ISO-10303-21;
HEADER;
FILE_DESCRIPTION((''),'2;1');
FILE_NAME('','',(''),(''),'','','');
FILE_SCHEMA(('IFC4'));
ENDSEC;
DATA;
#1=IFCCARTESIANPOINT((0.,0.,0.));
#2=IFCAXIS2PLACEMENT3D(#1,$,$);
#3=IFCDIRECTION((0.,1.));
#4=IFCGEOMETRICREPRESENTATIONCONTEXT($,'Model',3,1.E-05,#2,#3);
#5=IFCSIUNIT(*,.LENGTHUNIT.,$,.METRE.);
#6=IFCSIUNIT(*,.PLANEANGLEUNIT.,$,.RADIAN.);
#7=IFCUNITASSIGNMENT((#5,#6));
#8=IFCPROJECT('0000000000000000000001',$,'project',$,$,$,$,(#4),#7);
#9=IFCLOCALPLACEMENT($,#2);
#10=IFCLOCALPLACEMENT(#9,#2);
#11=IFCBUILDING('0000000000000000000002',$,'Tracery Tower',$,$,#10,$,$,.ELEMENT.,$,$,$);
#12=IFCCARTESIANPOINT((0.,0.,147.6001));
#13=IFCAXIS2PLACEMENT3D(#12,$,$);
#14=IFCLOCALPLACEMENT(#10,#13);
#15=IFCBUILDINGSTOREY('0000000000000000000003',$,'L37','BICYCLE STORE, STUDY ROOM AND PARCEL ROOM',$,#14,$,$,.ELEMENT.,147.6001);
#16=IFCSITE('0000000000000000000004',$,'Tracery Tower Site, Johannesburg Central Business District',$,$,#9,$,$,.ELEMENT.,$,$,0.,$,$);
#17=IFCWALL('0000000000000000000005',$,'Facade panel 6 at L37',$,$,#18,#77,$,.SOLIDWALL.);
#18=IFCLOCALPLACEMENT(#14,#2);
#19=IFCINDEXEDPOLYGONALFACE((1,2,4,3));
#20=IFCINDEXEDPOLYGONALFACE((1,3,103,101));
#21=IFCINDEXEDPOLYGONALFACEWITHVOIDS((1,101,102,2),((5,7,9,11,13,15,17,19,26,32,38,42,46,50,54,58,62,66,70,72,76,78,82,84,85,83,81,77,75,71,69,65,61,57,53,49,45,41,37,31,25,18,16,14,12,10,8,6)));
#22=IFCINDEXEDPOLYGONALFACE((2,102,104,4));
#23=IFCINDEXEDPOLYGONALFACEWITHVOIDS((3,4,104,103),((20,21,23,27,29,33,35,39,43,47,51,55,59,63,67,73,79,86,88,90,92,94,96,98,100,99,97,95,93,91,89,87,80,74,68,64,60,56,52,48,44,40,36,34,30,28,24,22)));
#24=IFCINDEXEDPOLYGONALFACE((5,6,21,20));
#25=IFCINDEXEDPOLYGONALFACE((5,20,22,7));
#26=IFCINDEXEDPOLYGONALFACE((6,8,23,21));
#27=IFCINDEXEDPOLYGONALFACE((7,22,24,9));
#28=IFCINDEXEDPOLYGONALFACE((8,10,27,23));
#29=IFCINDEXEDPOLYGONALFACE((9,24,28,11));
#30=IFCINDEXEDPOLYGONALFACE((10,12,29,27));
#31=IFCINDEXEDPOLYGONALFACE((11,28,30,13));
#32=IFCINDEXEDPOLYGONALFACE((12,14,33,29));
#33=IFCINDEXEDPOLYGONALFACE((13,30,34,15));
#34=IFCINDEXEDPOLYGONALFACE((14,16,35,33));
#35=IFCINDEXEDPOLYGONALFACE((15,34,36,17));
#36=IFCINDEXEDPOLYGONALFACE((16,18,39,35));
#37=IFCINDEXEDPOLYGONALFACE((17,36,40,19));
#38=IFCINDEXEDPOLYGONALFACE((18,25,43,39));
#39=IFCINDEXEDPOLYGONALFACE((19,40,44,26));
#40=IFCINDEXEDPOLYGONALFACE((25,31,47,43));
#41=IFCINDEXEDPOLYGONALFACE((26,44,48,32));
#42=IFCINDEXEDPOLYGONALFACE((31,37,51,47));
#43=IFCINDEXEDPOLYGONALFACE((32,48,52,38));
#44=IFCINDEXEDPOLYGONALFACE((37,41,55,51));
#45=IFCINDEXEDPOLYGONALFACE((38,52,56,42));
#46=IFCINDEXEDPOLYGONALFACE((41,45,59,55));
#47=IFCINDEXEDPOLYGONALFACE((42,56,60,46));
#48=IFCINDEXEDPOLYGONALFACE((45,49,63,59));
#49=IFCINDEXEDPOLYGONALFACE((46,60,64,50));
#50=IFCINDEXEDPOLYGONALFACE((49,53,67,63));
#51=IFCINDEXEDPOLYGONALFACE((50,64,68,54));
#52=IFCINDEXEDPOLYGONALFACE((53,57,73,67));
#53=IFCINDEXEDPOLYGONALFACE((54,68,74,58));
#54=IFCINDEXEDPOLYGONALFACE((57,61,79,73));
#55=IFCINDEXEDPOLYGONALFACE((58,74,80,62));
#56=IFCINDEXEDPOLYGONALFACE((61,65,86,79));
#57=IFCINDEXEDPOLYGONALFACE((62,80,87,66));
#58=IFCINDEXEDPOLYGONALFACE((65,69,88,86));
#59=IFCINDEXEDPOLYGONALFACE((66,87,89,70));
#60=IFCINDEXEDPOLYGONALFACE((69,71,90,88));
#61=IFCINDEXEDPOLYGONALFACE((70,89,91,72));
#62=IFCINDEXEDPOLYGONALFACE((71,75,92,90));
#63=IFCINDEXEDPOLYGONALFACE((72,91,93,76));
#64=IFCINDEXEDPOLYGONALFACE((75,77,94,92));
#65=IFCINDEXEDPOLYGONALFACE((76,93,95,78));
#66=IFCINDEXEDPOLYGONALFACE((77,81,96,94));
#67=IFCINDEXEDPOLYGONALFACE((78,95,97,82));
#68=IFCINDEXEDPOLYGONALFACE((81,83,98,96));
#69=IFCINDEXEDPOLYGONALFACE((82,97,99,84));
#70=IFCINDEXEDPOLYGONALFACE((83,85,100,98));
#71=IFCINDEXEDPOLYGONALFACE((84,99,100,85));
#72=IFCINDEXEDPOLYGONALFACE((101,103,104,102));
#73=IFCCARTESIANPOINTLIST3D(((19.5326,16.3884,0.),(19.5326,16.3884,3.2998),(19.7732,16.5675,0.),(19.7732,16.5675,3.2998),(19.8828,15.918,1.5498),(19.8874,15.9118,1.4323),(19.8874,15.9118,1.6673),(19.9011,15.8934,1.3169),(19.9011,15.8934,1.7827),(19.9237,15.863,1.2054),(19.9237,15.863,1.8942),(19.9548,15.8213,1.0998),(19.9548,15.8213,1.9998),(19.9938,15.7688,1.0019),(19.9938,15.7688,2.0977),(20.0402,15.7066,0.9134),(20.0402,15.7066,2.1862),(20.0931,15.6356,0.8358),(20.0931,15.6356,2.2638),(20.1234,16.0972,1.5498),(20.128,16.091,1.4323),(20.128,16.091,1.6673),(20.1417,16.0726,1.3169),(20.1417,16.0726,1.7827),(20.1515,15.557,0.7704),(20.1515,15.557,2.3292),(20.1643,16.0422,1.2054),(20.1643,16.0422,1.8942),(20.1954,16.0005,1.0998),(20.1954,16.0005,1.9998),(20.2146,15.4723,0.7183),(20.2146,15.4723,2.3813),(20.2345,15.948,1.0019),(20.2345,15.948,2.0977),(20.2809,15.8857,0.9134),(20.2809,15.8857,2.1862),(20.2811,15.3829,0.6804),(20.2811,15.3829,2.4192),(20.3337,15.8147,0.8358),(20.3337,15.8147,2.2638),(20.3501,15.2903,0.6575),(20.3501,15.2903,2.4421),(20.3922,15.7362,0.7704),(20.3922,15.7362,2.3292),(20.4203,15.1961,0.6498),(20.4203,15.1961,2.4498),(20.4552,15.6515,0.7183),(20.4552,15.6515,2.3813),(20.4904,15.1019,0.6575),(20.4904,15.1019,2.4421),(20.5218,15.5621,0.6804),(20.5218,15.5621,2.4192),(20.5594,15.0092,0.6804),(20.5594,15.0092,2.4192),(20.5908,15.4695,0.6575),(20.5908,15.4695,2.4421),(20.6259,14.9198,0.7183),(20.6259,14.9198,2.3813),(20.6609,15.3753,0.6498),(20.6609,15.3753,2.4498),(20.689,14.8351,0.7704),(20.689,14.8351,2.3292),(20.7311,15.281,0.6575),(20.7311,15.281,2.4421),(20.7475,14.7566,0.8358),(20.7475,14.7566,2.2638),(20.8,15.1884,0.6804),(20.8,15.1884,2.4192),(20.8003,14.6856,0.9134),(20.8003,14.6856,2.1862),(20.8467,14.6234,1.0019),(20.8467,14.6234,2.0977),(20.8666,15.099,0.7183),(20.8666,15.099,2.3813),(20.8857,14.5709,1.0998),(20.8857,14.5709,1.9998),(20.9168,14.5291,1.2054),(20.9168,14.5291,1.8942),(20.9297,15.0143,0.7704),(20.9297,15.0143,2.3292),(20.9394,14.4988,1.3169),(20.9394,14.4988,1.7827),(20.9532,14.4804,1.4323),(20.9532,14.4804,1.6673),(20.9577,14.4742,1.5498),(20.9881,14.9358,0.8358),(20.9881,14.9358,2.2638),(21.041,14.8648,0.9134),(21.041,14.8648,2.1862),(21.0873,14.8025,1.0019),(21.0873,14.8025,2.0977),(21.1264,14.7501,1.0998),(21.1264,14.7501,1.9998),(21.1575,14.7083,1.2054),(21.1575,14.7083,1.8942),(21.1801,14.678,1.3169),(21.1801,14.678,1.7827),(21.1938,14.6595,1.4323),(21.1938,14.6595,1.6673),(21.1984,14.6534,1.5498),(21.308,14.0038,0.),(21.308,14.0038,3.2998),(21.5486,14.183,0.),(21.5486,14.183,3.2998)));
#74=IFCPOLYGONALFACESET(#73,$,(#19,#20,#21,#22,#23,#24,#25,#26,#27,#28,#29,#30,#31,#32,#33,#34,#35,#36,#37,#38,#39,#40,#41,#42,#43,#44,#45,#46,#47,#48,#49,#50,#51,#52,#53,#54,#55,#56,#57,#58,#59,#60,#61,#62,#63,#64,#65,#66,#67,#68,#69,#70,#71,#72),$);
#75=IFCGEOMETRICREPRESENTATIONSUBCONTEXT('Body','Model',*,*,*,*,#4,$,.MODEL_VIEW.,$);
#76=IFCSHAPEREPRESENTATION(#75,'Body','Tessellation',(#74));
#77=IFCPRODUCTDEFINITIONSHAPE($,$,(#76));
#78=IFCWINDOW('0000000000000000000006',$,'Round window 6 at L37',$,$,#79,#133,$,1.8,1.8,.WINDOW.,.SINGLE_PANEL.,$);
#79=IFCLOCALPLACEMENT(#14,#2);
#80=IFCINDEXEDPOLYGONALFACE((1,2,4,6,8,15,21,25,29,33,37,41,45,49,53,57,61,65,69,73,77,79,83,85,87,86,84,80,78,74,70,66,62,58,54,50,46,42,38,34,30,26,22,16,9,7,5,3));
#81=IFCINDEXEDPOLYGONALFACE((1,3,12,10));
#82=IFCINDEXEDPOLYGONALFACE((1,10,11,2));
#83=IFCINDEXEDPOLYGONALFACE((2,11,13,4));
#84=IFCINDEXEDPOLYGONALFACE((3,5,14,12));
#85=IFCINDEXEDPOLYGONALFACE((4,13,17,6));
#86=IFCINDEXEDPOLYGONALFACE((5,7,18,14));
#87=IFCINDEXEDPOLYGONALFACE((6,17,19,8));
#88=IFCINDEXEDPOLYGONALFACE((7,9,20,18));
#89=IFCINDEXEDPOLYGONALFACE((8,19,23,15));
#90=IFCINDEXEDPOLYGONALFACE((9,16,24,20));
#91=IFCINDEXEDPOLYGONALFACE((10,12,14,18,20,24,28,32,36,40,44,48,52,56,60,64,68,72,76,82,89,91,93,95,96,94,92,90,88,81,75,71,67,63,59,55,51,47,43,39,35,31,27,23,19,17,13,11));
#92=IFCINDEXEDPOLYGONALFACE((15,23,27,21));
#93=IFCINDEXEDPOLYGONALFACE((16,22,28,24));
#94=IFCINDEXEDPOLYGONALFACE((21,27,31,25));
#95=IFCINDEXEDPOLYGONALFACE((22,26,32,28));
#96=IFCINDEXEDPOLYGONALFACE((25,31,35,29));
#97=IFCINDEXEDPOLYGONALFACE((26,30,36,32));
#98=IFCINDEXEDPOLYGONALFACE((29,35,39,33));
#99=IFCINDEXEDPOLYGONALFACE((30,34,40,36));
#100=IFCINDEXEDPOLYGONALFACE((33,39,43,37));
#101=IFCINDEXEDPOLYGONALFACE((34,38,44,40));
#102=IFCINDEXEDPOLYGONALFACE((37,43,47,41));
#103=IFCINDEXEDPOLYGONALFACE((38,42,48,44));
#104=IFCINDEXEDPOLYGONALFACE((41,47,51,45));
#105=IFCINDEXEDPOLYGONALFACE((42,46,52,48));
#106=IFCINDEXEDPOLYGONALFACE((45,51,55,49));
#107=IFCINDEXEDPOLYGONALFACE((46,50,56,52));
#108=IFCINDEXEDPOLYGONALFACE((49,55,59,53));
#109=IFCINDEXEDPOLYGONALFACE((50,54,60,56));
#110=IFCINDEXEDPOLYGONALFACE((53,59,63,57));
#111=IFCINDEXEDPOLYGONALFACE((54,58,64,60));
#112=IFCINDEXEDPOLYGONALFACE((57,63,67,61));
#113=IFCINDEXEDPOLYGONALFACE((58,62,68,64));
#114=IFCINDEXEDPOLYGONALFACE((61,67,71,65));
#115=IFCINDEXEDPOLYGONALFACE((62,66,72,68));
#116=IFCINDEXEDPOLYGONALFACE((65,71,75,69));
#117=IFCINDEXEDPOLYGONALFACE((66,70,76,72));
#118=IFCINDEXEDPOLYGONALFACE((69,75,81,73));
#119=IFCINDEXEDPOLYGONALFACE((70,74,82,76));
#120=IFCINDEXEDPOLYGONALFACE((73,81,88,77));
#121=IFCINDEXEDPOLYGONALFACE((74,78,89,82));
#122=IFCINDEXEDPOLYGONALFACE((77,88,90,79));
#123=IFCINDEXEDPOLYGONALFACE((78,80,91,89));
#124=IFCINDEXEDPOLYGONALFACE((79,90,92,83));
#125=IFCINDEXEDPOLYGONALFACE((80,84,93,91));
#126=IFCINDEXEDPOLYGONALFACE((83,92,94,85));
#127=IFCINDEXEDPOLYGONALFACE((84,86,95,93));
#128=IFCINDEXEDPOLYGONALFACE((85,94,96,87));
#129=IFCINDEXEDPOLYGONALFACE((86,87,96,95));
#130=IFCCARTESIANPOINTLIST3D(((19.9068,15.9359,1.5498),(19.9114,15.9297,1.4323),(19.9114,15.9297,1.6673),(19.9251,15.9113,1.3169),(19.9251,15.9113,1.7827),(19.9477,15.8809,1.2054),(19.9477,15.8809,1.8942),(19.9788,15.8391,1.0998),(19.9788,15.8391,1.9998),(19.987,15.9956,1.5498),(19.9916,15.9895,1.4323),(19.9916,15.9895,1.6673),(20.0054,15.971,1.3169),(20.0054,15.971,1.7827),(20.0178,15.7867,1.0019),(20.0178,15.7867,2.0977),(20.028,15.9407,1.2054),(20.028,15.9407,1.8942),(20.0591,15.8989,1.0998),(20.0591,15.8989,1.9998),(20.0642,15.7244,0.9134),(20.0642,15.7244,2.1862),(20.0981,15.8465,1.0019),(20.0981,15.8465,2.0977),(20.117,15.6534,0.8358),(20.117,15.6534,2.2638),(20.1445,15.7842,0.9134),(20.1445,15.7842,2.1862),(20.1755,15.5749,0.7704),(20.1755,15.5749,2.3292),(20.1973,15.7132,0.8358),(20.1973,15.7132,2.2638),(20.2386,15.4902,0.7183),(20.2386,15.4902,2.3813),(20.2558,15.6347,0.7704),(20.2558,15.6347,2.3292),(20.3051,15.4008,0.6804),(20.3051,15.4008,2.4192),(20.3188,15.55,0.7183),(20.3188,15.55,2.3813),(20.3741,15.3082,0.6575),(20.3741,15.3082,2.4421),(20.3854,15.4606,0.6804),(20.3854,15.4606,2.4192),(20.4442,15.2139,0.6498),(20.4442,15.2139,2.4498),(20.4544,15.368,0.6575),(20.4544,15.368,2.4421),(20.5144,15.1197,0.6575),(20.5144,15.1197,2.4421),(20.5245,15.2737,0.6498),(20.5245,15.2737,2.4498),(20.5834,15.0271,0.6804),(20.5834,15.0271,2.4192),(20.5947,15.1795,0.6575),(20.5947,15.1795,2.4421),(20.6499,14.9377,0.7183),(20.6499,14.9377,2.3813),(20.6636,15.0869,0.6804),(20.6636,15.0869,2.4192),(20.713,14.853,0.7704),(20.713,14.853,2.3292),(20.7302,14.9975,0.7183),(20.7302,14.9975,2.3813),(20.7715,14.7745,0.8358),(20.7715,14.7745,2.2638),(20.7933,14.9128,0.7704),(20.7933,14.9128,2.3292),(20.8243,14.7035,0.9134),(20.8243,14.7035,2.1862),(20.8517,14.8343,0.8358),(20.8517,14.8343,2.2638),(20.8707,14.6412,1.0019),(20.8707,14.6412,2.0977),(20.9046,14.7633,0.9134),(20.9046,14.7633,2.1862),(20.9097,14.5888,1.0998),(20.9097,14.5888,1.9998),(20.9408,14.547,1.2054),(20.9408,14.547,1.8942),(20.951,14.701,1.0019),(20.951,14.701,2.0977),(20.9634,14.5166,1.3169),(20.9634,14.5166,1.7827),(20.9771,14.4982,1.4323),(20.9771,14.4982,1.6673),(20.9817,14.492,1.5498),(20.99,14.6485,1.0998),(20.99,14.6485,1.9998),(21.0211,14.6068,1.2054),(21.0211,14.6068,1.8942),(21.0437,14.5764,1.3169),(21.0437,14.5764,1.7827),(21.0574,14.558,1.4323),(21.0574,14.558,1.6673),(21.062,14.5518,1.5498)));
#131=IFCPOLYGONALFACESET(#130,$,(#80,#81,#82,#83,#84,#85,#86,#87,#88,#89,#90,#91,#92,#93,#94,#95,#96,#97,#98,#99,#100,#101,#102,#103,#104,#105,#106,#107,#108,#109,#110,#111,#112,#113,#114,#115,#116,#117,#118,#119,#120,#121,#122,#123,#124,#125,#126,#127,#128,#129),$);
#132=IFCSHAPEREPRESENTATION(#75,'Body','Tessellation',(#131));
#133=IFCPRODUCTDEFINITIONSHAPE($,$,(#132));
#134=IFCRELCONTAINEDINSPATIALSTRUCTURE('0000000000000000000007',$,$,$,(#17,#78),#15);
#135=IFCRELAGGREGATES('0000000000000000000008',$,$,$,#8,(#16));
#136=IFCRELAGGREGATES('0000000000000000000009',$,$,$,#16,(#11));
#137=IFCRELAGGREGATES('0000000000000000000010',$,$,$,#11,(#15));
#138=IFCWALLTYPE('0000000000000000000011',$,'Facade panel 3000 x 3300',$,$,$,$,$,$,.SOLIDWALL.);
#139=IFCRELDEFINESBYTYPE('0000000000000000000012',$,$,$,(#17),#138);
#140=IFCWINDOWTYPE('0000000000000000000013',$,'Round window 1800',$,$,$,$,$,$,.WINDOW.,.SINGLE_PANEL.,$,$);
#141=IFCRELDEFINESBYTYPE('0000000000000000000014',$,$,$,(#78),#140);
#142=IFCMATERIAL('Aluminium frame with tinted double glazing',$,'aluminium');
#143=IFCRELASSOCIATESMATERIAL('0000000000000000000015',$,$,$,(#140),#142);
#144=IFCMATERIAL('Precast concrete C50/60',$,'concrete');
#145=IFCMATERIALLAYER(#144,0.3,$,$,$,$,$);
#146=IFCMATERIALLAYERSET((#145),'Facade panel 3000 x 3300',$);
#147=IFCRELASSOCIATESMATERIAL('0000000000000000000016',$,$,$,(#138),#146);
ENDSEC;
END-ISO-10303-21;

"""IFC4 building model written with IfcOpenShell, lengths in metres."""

from ifc_helpers import new_model, si_unit, direction, frame, frame_2d, origin, origin_2d, place, context, subcontext, project, spatial, rectangle, circle, extrude, material, layer, layer_set, type_object, element, fill, save


model = new_model("IFC4")

# Units and contexts
model_context = context("Model", 3, precision=1e-05, world=origin(), true_north=direction((0.0, 1.0)))
body_context = subcontext(model_context, "Body", "Model", "MODEL_VIEW")
ifc_project = project(units=[si_unit("LENGTHUNIT", "METRE"), si_unit("PLANEANGLEUNIT", "RADIAN")], contexts=[model_context])

# Site, building, storey
site_placement = place(None, origin())
site = spatial("IfcSite", under=ifc_project, at=site_placement, Name="Tracery Tower Site, Johannesburg Central Business District", CompositionType="ELEMENT", RefElevation=0.0)
building_placement = place(site_placement, origin())
building = spatial("IfcBuilding", under=site, at=building_placement, Name="Tracery Tower", CompositionType="ELEMENT")
storey_placement = place(building_placement, frame((0.0, 0.0, 147.6001)))
storey = spatial("IfcBuildingStorey", under=building, at=storey_placement, Name="L37", Description="BICYCLE STORE, STUDY ROOM AND PARCEL ROOM", CompositionType="ELEMENT", Elevation=147.6001)

# Wall, opening, window
ifc_material_1 = material(Name="Aluminium frame with tinted double glazing", Category="aluminium")
window_type = type_object("IfcWindowType", Name="Round window 1800", PartitioningType="SINGLE_PANEL", PredefinedType="WINDOW", material=ifc_material_1)
ifc_material_2 = material(Name="Precast concrete C50/60", Category="concrete")
ifc_layer_1 = layer(ifc_material_2, 0.3)
ifc_layer_set_1 = layer_set([ifc_layer_1], Name="Facade panel 3000 x 3300")
wall_type_1 = type_object("IfcWallType", Name="Facade panel 3000 x 3300", PredefinedType="SOLIDWALL", material=ifc_layer_set_1)
wall_1_placement = place(storey_placement, frame((21.4282, 14.0935, 0.0), z_axis=(0.0, 0.0, 1.0), x_axis=(-0.597198, 0.802094, 0.0)))
wall_1 = element("IfcWall", 1, at=wall_1_placement, inside=storey, type_object=wall_type_1, Name="Facade panel 6 at L37", PredefinedType="SOLIDWALL", context=body_context, shape_type="SweptSolid", body=[
    extrude(rectangle(XDim=2.9729, YDim=0.3, at=frame_2d((1.4863, 0.0))), origin(), (0.0, 0.0, 1.0), 3.2998),
])
opening_1_placement = place(wall_1_placement, frame((1.4863, 0.0, 1.5498)))
opening_1 = element("IfcOpeningElement", 2, at=opening_1_placement, cuts=wall_1, PredefinedType="OPENING", context=body_context, shape_type="SweptSolid", body=[
    extrude(circle(Radius=0.9, at=origin_2d()), frame((0.0, 0.1599, 0.0), z_axis=(0.0, -1.0, 0.0), x_axis=(1.0, 0.0, 0.0)), (0.0, 0.0, 1.0), 0.3201),
])
window_1_placement = place(opening_1_placement, origin())
window_1 = element("IfcWindow", 3, at=window_1_placement, inside=storey, type_object=window_type, Name="Round window 6 at L37", OverallHeight=1.8, OverallWidth=1.8, PartitioningType="SINGLE_PANEL", PredefinedType="WINDOW", context=body_context, shape_type="SweptSolid", body=[
    extrude(circle(Radius=0.9, at=origin_2d()), frame((0.0, 0.1201, 0.0), z_axis=(0.0, -1.0, 0.0), x_axis=(1.0, 0.0, 0.0)), (0.0, 0.0, 1.0), 0.1001),
])
fill(opening_1, window_1)

save(model, "model.ifc")
